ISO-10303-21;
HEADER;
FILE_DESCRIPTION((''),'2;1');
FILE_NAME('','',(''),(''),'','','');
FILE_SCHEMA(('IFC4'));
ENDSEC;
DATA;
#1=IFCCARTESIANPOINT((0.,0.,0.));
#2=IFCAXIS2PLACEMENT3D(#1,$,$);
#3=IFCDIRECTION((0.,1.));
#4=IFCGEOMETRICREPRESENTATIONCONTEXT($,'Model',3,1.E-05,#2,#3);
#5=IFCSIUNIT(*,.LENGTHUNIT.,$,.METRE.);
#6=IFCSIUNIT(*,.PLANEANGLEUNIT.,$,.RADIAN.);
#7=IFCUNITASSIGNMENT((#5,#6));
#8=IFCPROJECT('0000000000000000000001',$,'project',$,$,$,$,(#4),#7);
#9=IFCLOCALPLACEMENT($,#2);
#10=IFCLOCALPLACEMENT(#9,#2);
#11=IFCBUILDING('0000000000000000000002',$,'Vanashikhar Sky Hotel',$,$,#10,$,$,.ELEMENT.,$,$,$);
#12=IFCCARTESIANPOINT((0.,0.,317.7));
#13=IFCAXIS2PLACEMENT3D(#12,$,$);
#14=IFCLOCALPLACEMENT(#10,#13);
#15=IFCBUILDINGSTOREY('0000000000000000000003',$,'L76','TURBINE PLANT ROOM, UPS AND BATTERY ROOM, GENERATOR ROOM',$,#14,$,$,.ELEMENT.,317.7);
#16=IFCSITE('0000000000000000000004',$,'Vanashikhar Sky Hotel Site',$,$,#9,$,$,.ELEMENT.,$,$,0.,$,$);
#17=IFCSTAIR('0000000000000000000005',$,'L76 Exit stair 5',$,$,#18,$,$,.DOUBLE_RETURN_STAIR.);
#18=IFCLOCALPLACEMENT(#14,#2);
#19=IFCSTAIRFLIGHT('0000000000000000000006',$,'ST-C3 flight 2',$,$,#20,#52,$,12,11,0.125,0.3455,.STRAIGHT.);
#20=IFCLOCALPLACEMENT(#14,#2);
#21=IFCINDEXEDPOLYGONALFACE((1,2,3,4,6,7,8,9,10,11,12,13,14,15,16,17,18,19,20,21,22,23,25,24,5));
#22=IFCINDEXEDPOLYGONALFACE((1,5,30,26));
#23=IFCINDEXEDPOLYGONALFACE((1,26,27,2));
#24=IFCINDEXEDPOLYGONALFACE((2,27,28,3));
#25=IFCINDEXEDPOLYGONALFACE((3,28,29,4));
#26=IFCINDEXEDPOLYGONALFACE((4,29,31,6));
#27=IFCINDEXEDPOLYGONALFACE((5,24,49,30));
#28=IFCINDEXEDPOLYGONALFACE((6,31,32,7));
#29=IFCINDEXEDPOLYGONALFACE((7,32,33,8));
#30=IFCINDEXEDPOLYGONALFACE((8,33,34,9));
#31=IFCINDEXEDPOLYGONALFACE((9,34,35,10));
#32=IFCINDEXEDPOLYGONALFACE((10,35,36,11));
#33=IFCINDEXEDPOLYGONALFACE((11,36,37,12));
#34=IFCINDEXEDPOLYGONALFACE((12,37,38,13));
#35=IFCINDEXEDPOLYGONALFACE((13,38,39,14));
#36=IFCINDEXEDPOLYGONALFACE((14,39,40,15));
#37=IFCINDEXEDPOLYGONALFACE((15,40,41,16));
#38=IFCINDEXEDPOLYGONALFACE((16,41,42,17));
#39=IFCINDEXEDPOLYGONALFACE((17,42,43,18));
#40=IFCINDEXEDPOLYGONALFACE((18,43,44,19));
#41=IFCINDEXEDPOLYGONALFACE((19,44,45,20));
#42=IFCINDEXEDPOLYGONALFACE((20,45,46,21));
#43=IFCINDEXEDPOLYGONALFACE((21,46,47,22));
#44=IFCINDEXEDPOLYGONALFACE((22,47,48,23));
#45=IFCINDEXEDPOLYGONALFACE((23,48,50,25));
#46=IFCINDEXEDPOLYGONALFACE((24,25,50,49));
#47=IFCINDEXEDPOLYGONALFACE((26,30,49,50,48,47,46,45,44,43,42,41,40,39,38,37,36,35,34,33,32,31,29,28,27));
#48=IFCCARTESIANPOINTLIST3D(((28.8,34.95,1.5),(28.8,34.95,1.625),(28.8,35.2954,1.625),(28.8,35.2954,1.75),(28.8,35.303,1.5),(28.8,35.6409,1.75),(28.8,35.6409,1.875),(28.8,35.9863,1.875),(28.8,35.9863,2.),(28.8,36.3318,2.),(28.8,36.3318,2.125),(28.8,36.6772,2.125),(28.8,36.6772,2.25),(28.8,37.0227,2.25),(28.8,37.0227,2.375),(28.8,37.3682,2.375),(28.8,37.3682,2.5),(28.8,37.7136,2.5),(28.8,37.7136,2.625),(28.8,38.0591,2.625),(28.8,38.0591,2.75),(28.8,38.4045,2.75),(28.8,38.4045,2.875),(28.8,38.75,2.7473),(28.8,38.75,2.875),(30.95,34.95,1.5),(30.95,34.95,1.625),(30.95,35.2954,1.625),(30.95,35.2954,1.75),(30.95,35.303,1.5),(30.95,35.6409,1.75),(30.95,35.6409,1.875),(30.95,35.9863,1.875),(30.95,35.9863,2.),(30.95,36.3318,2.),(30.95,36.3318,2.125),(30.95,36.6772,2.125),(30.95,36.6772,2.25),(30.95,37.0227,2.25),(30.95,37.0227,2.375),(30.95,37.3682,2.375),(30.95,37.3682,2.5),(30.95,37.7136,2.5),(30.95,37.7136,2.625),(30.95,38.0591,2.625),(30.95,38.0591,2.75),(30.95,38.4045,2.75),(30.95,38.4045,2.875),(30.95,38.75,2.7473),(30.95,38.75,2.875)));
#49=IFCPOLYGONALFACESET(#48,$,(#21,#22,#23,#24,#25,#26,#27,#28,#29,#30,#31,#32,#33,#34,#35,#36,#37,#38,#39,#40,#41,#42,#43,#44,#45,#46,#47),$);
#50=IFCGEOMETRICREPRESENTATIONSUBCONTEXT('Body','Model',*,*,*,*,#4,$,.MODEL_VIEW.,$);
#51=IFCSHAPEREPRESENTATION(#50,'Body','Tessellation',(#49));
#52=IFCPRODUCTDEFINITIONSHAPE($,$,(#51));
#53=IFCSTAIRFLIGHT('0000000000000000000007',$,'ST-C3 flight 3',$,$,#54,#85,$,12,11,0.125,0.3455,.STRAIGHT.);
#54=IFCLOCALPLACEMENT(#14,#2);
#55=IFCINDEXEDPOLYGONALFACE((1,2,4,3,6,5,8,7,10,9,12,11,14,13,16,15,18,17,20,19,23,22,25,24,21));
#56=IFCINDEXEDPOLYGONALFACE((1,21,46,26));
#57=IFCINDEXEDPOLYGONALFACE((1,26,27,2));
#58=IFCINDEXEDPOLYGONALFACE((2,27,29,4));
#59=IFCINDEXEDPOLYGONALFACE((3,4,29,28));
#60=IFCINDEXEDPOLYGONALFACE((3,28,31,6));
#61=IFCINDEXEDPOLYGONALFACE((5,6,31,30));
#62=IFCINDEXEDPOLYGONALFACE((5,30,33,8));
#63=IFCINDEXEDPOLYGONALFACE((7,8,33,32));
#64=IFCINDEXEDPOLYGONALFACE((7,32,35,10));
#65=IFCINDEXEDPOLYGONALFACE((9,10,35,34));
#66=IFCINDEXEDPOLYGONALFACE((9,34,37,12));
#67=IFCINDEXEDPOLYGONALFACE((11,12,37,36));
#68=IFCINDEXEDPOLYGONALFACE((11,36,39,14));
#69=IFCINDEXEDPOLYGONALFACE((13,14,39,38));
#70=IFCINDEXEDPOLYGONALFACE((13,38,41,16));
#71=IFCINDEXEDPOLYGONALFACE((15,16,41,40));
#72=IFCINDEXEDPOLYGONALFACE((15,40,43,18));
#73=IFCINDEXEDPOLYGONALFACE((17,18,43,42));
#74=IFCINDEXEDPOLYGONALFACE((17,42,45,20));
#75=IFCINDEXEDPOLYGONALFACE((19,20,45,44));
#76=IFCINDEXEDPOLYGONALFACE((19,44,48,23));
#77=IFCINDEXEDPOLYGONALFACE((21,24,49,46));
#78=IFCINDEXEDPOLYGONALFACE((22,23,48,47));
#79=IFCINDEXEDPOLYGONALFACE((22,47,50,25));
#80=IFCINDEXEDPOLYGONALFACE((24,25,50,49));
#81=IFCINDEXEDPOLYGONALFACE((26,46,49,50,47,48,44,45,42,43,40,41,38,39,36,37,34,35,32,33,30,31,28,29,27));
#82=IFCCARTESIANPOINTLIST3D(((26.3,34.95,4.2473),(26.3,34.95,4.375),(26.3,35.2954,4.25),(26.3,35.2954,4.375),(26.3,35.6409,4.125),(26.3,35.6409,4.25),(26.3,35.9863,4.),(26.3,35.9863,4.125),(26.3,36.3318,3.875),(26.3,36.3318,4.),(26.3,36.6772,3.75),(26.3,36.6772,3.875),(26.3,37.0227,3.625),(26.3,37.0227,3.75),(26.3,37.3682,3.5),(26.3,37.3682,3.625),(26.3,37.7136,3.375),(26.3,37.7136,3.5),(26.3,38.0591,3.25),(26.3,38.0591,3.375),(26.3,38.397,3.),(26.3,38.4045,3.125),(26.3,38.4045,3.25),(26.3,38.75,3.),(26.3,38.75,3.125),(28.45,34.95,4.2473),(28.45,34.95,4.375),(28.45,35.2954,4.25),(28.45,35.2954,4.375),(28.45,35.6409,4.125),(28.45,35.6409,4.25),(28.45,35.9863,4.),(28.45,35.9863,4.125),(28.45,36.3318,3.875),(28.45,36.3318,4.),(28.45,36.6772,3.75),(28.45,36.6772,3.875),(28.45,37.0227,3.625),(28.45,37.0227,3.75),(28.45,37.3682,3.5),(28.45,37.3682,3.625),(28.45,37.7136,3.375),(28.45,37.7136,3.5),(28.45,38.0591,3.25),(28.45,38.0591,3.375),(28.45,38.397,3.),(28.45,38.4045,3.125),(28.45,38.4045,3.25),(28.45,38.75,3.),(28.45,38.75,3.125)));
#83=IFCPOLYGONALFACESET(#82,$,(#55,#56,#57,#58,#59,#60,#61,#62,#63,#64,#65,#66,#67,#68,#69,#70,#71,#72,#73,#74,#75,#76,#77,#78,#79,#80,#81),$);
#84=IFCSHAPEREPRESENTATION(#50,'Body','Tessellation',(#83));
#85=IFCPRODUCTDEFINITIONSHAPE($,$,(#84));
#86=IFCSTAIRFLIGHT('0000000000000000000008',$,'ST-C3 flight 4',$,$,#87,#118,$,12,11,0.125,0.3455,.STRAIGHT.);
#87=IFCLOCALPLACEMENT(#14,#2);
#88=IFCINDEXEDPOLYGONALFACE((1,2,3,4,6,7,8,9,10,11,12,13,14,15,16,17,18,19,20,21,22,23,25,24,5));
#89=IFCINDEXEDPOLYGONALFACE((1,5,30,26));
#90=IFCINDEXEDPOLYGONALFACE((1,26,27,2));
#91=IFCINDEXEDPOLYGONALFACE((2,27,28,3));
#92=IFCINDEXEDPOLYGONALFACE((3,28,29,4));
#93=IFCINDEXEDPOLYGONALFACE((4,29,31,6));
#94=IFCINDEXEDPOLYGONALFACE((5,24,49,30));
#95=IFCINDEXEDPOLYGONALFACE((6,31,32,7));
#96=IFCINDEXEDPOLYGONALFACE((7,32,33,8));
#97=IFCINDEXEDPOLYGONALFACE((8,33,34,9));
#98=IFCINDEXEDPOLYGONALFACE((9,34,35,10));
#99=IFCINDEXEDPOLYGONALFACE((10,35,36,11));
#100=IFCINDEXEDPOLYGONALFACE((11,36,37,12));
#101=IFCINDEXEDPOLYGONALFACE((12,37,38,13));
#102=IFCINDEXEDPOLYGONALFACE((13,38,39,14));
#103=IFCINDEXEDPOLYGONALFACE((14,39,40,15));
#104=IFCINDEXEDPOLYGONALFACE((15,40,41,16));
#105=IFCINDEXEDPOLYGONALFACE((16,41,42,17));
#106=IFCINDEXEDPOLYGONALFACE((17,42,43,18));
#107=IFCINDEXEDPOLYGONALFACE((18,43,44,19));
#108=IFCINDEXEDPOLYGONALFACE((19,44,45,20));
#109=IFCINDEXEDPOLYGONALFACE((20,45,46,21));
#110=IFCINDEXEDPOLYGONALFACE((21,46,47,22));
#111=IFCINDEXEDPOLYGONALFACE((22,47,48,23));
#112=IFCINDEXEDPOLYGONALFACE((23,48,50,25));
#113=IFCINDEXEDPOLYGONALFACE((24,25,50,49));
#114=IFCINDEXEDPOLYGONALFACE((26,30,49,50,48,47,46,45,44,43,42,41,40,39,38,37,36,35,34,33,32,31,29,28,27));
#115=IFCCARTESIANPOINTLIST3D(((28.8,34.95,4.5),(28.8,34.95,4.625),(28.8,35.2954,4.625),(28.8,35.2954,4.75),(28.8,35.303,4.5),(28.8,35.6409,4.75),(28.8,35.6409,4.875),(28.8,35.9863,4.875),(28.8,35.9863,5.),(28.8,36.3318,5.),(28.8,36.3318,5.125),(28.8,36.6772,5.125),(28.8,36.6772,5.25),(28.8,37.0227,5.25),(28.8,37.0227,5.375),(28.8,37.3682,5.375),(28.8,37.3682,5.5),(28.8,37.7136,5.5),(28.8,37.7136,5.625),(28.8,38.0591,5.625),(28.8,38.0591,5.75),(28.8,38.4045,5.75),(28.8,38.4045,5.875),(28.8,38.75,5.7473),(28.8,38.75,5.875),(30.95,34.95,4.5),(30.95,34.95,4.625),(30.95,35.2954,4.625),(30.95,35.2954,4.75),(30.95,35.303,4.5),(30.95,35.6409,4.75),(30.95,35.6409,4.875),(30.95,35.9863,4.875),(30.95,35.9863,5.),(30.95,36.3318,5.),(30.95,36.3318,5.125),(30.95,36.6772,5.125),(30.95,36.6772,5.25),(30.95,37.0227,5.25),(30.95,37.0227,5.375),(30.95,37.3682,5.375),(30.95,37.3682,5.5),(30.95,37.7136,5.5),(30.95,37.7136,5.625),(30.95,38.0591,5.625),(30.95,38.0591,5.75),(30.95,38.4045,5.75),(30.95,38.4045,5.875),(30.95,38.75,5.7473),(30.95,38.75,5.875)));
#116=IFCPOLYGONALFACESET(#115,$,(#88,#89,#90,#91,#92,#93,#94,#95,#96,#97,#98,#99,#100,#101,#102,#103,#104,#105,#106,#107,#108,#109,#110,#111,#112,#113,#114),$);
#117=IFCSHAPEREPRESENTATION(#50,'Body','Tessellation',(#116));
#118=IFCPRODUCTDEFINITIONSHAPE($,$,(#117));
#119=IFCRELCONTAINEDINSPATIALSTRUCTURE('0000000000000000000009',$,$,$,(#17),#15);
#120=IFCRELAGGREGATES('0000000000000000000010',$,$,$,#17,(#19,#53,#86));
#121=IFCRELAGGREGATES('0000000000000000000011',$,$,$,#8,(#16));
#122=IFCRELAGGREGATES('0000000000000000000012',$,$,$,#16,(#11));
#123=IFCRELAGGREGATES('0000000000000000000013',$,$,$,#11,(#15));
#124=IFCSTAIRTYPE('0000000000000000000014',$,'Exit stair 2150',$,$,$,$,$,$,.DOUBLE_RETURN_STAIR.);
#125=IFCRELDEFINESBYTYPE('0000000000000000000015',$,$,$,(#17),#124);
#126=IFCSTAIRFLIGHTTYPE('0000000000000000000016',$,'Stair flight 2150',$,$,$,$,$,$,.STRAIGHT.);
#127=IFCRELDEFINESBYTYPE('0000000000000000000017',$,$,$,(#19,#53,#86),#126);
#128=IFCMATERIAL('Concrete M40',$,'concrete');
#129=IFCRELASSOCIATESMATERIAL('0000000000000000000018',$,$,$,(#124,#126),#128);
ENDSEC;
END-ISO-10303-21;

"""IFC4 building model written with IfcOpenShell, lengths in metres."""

from ifc_helpers import new_model, si_unit, direction, frame, origin, place, context, subcontext, project, spatial, polyline, outline, extrude, source, transform, mapped, material, type_object, element, aggregate, save


model = new_model("IFC4")

# Units and contexts
model_context = context("Model", 3, precision=1e-05, world=origin(), true_north=direction((0.0, 1.0)))
body_context = subcontext(model_context, "Body", "Model", "MODEL_VIEW")
ifc_project = project(units=[si_unit("LENGTHUNIT", "METRE"), si_unit("PLANEANGLEUNIT", "RADIAN")], contexts=[model_context])

# Site, building, storey
site_placement = place(None, origin())
site = spatial("IfcSite", under=ifc_project, at=site_placement, Name="Vanashikhar Sky Hotel Site", CompositionType="ELEMENT", RefElevation=0.0)
building_placement = place(site_placement, origin())
building = spatial("IfcBuilding", under=site, at=building_placement, Name="Vanashikhar Sky Hotel", CompositionType="ELEMENT")
storey_placement = place(building_placement, frame((0.0, 0.0, 317.7)))
storey = spatial("IfcBuildingStorey", under=building, at=storey_placement, Name="L76", Description="TURBINE PLANT ROOM, UPS AND BATTERY ROOM, GENERATOR ROOM", CompositionType="ELEMENT", Elevation=317.7)

# Stair, stair flights
ifc_material_1 = material(Name="Concrete M40", Category="concrete")
stair_type = type_object("IfcStairType", Name="Exit stair 2150", PredefinedType="DOUBLE_RETURN_STAIR", material=ifc_material_1)
stair_flight_type = type_object("IfcStairFlightType", Name="Stair flight 2150", PredefinedType="STRAIGHT", material=ifc_material_1)
shared_shape_1 = source(origin(), body_context, "Body", "SweptSolid", [
    extrude(outline(polyline([(0.0, 0.0), (0.0, 0.125), (0.3455, 0.125), (0.3455, 0.25), (0.6909, 0.25), (0.6909, 0.375), (1.0364, 0.375), (1.0364, 0.5), (1.3818, 0.5), (1.3818, 0.625), (1.7273, 0.625), (1.7273, 0.75), (2.0728, 0.75), (2.0728, 0.875), (2.4182, 0.875), (2.4182, 1.0), (2.7637, 1.0), (2.7637, 1.125), (3.1091, 1.125), (3.1091, 1.25), (3.4546, 1.25), (3.4546, 1.375), (3.8, 1.375), (3.8, 1.5), (3.8, 1.2473), (0.353, 0.0), (0.0, 0.0)])), frame((0.0, 1.075, 0.0), z_axis=(0.0, -1.0, 0.0), x_axis=(1.0, 0.0, 0.0)), (0.0, 0.0, 1.0), 2.1499),
])
stair_1_placement = place(storey_placement, origin())
stair_1 = element("IfcStair", 1, at=stair_1_placement, inside=storey, type_object=stair_type, Name="L76 Exit stair 5", PredefinedType="DOUBLE_RETURN_STAIR")
stair_flight_1_placement = place(storey_placement, frame((29.875, 34.95, 1.5), z_axis=(0.0, 0.0, 1.0), x_axis=(0.0, 1.0, 0.0)))
stair_flight_1 = element("IfcStairFlight", 2, at=stair_flight_1_placement, type_object=stair_flight_type, Name="ST-C3 flight 2", NumberOfRisers=12, NumberOfTreads=11, PredefinedType="STRAIGHT", RiserHeight=0.125, TreadLength=0.3455, context=body_context, shape_type="MappedRepresentation", body=[
    mapped(shared_shape_1, transform((0.0, 0.0, 0.0), scale=1.0)),
])
stair_flight_2_placement = place(storey_placement, frame((27.375, 38.75, 3.0), z_axis=(0.0, 0.0, 1.0), x_axis=(0.0, -1.0, 0.0)))
stair_flight_2 = element("IfcStairFlight", 3, at=stair_flight_2_placement, type_object=stair_flight_type, Name="ST-C3 flight 3", NumberOfRisers=12, NumberOfTreads=11, PredefinedType="STRAIGHT", RiserHeight=0.125, TreadLength=0.3455, context=body_context, shape_type="MappedRepresentation", body=[
    mapped(shared_shape_1, transform((0.0, 0.0, 0.0), scale=1.0)),
])
stair_flight_3_placement = place(storey_placement, frame((29.875, 34.95, 4.5), z_axis=(0.0, 0.0, 1.0), x_axis=(0.0, 1.0, 0.0)))
stair_flight_3 = element("IfcStairFlight", 4, at=stair_flight_3_placement, type_object=stair_flight_type, Name="ST-C3 flight 4", NumberOfRisers=12, NumberOfTreads=11, PredefinedType="STRAIGHT", RiserHeight=0.125, TreadLength=0.3455, context=body_context, shape_type="MappedRepresentation", body=[
    mapped(shared_shape_1, transform((0.0, 0.0, 0.0), scale=1.0)),
])
aggregate(stair_1, [stair_flight_1, stair_flight_2, stair_flight_3])

save(model, "model.ifc")
